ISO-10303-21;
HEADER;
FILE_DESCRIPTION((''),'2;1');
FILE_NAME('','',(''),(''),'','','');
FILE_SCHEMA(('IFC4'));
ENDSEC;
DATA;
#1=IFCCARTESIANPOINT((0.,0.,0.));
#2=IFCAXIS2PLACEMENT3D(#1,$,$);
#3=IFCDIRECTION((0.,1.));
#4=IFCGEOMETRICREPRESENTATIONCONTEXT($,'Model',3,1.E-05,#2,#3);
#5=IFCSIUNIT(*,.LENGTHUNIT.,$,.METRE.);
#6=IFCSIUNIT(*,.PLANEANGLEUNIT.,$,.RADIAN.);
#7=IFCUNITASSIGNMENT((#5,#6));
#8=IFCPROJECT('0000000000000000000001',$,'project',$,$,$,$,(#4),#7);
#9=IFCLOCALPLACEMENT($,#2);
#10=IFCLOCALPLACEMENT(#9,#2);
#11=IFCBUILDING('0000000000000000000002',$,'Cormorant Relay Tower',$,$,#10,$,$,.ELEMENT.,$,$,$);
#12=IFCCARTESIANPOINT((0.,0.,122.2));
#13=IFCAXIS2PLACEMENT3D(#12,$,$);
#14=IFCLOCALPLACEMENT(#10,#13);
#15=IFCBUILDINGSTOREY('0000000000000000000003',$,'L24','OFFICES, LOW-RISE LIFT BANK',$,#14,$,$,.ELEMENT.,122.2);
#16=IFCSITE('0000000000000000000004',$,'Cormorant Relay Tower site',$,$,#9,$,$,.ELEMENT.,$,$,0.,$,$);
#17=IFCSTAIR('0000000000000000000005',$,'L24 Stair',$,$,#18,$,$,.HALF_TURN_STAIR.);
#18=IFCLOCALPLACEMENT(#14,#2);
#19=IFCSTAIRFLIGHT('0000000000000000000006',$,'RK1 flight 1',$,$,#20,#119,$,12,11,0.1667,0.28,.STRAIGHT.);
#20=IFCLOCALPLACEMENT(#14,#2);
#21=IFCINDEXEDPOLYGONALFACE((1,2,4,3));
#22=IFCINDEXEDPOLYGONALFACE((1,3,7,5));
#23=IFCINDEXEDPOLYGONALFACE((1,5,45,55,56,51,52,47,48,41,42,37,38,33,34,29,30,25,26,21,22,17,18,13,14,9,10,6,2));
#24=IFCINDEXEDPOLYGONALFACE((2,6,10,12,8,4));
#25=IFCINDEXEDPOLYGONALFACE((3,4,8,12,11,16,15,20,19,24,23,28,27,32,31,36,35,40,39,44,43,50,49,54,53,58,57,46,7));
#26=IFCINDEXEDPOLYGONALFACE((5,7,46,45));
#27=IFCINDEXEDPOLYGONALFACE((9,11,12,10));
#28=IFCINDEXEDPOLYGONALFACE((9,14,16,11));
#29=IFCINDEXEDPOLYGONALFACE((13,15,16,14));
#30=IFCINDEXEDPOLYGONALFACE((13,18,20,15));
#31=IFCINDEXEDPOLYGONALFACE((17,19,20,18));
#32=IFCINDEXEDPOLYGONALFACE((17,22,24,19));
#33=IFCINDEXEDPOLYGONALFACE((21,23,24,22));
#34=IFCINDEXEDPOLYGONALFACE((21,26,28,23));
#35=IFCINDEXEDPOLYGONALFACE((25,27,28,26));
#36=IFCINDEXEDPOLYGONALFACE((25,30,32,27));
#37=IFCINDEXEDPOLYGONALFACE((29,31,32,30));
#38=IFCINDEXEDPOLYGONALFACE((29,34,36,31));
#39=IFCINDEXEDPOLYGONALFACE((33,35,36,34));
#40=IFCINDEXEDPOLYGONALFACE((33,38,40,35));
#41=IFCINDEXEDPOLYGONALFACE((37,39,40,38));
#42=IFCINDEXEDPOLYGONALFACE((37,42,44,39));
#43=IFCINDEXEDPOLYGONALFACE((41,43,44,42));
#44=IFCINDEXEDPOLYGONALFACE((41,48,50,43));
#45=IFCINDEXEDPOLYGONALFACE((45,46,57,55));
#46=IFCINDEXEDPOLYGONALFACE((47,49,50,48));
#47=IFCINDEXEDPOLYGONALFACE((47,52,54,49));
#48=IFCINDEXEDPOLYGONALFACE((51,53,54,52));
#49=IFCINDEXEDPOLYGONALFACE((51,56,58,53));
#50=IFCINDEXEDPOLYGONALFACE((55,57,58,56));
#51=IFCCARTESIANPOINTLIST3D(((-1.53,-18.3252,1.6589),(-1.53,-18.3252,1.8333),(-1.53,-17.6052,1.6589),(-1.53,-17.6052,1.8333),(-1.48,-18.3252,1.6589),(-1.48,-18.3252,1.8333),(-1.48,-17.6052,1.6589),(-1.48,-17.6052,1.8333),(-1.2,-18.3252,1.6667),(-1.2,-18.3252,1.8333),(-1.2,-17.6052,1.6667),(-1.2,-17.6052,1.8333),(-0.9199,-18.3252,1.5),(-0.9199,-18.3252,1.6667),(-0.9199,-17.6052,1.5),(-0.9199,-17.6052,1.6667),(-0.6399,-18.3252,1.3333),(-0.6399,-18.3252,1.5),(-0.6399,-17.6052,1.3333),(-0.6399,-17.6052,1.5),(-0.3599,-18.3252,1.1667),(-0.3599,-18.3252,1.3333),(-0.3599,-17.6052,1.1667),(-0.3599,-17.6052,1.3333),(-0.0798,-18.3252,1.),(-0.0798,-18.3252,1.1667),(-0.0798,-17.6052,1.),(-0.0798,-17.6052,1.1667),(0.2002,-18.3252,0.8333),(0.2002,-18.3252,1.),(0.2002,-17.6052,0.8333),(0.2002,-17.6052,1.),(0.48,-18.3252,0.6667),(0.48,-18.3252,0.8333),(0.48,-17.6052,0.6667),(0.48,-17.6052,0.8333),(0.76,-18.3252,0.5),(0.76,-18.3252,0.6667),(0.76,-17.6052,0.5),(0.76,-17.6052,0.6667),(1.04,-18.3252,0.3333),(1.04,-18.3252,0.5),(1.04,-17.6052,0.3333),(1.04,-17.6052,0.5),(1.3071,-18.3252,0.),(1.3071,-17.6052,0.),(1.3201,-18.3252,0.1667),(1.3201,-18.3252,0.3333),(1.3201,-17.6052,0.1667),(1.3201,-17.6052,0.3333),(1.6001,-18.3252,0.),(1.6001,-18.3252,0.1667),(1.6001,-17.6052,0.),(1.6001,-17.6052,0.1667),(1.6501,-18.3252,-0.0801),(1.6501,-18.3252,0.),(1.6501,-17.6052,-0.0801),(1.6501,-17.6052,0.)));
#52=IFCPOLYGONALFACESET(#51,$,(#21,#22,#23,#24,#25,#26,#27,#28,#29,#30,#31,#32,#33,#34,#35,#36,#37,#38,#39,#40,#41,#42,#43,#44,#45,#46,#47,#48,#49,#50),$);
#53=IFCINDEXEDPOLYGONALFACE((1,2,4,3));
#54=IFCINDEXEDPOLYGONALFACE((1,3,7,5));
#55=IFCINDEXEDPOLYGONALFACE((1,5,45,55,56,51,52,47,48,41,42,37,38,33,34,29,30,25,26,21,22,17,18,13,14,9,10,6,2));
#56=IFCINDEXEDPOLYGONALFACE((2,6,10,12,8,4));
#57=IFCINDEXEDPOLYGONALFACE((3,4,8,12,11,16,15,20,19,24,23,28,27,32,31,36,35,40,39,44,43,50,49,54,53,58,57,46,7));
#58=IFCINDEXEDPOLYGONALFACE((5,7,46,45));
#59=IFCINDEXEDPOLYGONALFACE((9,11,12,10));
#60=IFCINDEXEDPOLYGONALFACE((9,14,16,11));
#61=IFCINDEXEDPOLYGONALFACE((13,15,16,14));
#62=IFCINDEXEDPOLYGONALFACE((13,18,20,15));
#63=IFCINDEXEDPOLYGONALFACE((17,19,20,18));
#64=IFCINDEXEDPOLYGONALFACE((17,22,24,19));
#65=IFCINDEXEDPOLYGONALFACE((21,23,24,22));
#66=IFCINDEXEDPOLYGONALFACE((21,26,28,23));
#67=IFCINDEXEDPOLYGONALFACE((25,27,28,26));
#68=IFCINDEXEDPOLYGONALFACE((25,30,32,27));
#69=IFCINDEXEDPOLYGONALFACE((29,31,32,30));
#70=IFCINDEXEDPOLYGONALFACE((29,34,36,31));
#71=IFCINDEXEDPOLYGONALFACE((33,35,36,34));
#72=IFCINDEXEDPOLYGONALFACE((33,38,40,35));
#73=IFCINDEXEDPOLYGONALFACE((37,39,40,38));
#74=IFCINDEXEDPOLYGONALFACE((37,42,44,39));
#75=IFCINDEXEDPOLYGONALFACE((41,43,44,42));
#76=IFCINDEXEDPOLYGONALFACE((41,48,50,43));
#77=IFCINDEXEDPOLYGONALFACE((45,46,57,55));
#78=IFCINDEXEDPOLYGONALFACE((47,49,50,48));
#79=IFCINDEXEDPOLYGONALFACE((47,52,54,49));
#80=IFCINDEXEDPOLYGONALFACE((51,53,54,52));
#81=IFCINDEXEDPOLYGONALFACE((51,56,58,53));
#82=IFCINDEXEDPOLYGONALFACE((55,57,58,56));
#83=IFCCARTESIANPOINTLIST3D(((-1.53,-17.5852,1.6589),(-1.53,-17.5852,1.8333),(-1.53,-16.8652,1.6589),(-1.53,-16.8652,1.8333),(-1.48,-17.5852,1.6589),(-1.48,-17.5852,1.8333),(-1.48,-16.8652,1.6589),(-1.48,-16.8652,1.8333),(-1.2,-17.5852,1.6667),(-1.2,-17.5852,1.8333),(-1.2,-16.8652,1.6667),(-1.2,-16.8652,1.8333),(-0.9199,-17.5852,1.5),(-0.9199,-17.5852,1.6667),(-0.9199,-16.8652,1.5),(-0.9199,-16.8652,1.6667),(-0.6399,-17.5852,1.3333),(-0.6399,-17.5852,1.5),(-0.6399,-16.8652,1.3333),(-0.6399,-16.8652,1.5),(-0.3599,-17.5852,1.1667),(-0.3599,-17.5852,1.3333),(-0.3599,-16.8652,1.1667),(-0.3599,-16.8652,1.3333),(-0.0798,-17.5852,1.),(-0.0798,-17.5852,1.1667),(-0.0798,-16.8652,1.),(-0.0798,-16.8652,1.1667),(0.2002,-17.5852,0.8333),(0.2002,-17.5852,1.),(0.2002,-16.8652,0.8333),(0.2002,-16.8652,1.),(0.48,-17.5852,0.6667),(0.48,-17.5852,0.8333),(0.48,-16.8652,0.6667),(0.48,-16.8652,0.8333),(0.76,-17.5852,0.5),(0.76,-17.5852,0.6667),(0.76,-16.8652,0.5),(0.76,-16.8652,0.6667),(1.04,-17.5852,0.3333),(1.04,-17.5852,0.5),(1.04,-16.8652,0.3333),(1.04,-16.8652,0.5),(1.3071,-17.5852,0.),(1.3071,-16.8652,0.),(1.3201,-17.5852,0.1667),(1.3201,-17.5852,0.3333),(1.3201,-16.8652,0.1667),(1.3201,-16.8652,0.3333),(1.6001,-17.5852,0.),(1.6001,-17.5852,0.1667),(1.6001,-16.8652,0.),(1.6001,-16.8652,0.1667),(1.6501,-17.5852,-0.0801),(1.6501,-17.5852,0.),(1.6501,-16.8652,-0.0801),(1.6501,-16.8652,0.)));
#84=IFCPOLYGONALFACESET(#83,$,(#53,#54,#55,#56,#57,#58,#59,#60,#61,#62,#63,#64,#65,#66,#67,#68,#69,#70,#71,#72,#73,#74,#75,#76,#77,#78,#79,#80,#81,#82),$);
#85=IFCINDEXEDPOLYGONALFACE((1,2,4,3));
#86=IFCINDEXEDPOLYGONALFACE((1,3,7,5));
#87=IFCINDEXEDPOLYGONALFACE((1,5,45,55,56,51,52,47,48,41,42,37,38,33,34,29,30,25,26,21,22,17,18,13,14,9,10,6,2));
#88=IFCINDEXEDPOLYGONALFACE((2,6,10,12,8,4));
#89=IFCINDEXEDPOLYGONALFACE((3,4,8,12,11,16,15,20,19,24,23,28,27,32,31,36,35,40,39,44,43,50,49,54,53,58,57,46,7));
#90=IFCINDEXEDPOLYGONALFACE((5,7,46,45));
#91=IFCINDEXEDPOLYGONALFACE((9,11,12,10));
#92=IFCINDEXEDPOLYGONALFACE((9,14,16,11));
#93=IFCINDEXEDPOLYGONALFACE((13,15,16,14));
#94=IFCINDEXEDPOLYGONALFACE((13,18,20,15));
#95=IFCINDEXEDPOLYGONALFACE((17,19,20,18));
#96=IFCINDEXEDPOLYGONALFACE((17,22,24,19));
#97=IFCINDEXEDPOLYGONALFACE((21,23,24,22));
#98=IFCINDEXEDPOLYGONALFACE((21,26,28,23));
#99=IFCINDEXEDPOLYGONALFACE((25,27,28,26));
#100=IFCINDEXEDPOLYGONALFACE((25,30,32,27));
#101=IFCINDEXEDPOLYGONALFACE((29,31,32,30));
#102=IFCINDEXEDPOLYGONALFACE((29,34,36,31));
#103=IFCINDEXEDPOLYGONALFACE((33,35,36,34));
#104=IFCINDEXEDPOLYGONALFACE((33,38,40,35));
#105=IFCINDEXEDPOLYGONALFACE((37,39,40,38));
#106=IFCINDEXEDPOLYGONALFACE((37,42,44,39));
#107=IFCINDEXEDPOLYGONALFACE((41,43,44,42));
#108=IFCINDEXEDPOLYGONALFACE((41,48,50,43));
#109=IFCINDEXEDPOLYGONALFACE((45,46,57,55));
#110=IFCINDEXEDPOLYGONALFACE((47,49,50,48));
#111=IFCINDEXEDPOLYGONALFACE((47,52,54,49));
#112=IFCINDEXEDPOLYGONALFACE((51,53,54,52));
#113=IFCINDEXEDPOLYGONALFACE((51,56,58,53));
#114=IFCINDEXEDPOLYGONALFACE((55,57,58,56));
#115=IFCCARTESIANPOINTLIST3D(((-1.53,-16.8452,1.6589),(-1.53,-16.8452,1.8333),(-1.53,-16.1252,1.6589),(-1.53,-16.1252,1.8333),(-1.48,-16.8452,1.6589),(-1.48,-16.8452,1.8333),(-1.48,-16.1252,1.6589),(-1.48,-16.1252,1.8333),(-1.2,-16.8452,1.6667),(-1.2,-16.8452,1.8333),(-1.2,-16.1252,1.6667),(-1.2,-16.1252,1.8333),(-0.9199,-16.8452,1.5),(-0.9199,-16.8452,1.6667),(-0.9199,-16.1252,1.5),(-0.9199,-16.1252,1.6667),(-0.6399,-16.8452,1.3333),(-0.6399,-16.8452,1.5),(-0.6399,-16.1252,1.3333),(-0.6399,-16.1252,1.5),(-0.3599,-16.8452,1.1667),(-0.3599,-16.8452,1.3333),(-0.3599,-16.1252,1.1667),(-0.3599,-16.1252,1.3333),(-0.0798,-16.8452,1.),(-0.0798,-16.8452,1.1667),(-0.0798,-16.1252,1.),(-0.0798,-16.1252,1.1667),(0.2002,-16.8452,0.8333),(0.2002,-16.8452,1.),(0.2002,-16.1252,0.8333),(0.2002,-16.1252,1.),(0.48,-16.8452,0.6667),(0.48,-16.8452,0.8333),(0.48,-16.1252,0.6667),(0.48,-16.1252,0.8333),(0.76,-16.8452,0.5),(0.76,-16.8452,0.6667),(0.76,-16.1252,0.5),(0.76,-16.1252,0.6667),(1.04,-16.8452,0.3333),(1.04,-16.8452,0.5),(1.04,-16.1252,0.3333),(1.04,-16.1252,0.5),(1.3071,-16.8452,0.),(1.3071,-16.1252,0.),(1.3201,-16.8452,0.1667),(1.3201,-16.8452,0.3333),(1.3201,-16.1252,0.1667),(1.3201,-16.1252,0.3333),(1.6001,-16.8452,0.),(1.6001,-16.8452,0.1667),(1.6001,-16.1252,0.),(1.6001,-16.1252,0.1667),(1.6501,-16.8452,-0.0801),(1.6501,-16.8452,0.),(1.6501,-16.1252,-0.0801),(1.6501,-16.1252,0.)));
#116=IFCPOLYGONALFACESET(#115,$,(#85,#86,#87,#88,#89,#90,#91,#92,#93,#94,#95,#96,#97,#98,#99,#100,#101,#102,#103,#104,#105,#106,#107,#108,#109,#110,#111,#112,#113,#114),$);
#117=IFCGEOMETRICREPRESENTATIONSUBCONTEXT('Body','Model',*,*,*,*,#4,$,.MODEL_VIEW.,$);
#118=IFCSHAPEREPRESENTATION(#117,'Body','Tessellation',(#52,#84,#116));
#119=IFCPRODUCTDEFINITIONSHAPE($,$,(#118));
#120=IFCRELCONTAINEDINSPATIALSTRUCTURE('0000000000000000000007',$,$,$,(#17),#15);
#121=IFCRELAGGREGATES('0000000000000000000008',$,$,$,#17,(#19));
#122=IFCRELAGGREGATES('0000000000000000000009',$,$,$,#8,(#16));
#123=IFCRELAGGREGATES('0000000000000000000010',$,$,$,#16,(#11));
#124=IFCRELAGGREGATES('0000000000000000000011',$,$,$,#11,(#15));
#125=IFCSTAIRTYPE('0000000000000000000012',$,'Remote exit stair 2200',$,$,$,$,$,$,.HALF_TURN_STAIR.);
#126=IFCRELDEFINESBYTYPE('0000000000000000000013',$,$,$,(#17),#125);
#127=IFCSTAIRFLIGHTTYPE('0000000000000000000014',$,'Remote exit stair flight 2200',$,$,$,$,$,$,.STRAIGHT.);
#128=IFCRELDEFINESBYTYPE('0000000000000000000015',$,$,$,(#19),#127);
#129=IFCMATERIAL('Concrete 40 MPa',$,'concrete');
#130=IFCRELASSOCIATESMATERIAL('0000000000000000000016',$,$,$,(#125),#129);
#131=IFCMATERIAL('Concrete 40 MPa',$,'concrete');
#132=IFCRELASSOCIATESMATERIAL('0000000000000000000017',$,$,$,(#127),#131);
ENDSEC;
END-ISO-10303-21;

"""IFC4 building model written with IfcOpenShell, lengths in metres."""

from ifc_helpers import new_model, si_unit, direction, frame, origin, place, context, subcontext, project, spatial, polyline, outline, extrude, material, type_object, element, aggregate, save


model = new_model("IFC4")

# Units and contexts
model_context = context("Model", 3, precision=1e-05, world=origin(), true_north=direction((0.0, 1.0)))
body_context = subcontext(model_context, "Body", "Model", "MODEL_VIEW")
ifc_project = project(units=[si_unit("LENGTHUNIT", "METRE"), si_unit("PLANEANGLEUNIT", "RADIAN")], contexts=[model_context])

# Site, building, storey
site_placement = place(None, origin())
site = spatial("IfcSite", under=ifc_project, at=site_placement, Name="Cormorant Relay Tower site", CompositionType="ELEMENT", RefElevation=0.0)
building_placement = place(site_placement, origin())
building = spatial("IfcBuilding", under=site, at=building_placement, Name="Cormorant Relay Tower", CompositionType="ELEMENT")
storey_placement = place(building_placement, frame((0.0, 0.0, 122.2)))
storey = spatial("IfcBuildingStorey", under=building, at=storey_placement, Name="L24", Description="OFFICES, LOW-RISE LIFT BANK", CompositionType="ELEMENT", Elevation=122.2)

# Stair, stair flight
ifc_material_1 = material(Name="Concrete 40 MPa", Category="concrete")
stair_type = type_object("IfcStairType", Name="Remote exit stair 2200", PredefinedType="HALF_TURN_STAIR", material=ifc_material_1)
stair_placement = place(storey_placement, origin())
stair = element("IfcStair", 1, at=stair_placement, inside=storey, type_object=stair_type, Name="L24 Stair", PredefinedType="HALF_TURN_STAIR")
ifc_material_2 = material(Name="Concrete 40 MPa", Category="concrete")
stair_flight_type = type_object("IfcStairFlightType", Name="Remote exit stair flight 2200", PredefinedType="STRAIGHT", material=ifc_material_2)
stair_flight_1_placement = place(storey_placement, frame((1.6001, -17.2251, 0.0), z_axis=(0.0, 0.0, 1.0), x_axis=(-1.0, 0.0, 0.0)))
stair_flight_1 = element("IfcStairFlight", 2, at=stair_flight_1_placement, type_object=stair_flight_type, Name="RK1 flight 1", NumberOfRisers=12, NumberOfTreads=11, PredefinedType="STRAIGHT", RiserHeight=0.1667, TreadLength=0.28, context=body_context, shape_type="SweptSolid", body=[
    extrude(outline(polyline([(-0.05, -0.0801), (-0.05, 0.0), (0.0, 0.0), (0.0, 0.1667), (0.28, 0.1667), (0.28, 0.3333), (0.5601, 0.3333), (0.5601, 0.5), (0.8401, 0.5), (0.8401, 0.6667), (1.1201, 0.6667), (1.1201, 0.8333), (1.3999, 0.8333), (1.3999, 1.0), (1.6799, 1.0), (1.6799, 1.1667), (1.96, 1.1667), (1.96, 1.3333), (2.24, 1.3333), (2.24, 1.5), (2.52, 1.5), (2.52, 1.6667), (2.8, 1.6667), (2.8, 1.8333), (3.0801, 1.8333), (3.1301, 1.8333), (3.1301, 1.6589), (3.0801, 1.6589), (0.293, 0.0), (-0.05, -0.0801)])), frame((0.0, 1.1001, 0.0), z_axis=(0.0, -1.0, 0.0), x_axis=(1.0, 0.0, 0.0)), (0.0, 0.0, 1.0), 0.72),
    extrude(outline(polyline([(-0.05, -0.0801), (-0.05, 0.0), (0.0, 0.0), (0.0, 0.1667), (0.28, 0.1667), (0.28, 0.3333), (0.5601, 0.3333), (0.5601, 0.5), (0.8401, 0.5), (0.8401, 0.6667), (1.1201, 0.6667), (1.1201, 0.8333), (1.3999, 0.8333), (1.3999, 1.0), (1.6799, 1.0), (1.6799, 1.1667), (1.96, 1.1667), (1.96, 1.3333), (2.24, 1.3333), (2.24, 1.5), (2.52, 1.5), (2.52, 1.6667), (2.8, 1.6667), (2.8, 1.8333), (3.0801, 1.8333), (3.1301, 1.8333), (3.1301, 1.6589), (3.0801, 1.6589), (0.293, 0.0), (-0.05, -0.0801)])), frame((0.0, 0.3601, 0.0), z_axis=(0.0, -1.0, 0.0), x_axis=(1.0, 0.0, 0.0)), (0.0, 0.0, 1.0), 0.72),
    extrude(outline(polyline([(-0.05, -0.0801), (-0.05, 0.0), (0.0, 0.0), (0.0, 0.1667), (0.28, 0.1667), (0.28, 0.3333), (0.5601, 0.3333), (0.5601, 0.5), (0.8401, 0.5), (0.8401, 0.6667), (1.1201, 0.6667), (1.1201, 0.8333), (1.3999, 0.8333), (1.3999, 1.0), (1.6799, 1.0), (1.6799, 1.1667), (1.96, 1.1667), (1.96, 1.3333), (2.24, 1.3333), (2.24, 1.5), (2.52, 1.5), (2.52, 1.6667), (2.8, 1.6667), (2.8, 1.8333), (3.0801, 1.8333), (3.1301, 1.8333), (3.1301, 1.6589), (3.0801, 1.6589), (0.293, 0.0), (-0.05, -0.0801)])), frame((0.0, -0.3799, 0.0), z_axis=(0.0, -1.0, 0.0), x_axis=(1.0, 0.0, 0.0)), (0.0, 0.0, 1.0), 0.72),
])
aggregate(stair, [stair_flight_1])

save(model, "model.ifc")
